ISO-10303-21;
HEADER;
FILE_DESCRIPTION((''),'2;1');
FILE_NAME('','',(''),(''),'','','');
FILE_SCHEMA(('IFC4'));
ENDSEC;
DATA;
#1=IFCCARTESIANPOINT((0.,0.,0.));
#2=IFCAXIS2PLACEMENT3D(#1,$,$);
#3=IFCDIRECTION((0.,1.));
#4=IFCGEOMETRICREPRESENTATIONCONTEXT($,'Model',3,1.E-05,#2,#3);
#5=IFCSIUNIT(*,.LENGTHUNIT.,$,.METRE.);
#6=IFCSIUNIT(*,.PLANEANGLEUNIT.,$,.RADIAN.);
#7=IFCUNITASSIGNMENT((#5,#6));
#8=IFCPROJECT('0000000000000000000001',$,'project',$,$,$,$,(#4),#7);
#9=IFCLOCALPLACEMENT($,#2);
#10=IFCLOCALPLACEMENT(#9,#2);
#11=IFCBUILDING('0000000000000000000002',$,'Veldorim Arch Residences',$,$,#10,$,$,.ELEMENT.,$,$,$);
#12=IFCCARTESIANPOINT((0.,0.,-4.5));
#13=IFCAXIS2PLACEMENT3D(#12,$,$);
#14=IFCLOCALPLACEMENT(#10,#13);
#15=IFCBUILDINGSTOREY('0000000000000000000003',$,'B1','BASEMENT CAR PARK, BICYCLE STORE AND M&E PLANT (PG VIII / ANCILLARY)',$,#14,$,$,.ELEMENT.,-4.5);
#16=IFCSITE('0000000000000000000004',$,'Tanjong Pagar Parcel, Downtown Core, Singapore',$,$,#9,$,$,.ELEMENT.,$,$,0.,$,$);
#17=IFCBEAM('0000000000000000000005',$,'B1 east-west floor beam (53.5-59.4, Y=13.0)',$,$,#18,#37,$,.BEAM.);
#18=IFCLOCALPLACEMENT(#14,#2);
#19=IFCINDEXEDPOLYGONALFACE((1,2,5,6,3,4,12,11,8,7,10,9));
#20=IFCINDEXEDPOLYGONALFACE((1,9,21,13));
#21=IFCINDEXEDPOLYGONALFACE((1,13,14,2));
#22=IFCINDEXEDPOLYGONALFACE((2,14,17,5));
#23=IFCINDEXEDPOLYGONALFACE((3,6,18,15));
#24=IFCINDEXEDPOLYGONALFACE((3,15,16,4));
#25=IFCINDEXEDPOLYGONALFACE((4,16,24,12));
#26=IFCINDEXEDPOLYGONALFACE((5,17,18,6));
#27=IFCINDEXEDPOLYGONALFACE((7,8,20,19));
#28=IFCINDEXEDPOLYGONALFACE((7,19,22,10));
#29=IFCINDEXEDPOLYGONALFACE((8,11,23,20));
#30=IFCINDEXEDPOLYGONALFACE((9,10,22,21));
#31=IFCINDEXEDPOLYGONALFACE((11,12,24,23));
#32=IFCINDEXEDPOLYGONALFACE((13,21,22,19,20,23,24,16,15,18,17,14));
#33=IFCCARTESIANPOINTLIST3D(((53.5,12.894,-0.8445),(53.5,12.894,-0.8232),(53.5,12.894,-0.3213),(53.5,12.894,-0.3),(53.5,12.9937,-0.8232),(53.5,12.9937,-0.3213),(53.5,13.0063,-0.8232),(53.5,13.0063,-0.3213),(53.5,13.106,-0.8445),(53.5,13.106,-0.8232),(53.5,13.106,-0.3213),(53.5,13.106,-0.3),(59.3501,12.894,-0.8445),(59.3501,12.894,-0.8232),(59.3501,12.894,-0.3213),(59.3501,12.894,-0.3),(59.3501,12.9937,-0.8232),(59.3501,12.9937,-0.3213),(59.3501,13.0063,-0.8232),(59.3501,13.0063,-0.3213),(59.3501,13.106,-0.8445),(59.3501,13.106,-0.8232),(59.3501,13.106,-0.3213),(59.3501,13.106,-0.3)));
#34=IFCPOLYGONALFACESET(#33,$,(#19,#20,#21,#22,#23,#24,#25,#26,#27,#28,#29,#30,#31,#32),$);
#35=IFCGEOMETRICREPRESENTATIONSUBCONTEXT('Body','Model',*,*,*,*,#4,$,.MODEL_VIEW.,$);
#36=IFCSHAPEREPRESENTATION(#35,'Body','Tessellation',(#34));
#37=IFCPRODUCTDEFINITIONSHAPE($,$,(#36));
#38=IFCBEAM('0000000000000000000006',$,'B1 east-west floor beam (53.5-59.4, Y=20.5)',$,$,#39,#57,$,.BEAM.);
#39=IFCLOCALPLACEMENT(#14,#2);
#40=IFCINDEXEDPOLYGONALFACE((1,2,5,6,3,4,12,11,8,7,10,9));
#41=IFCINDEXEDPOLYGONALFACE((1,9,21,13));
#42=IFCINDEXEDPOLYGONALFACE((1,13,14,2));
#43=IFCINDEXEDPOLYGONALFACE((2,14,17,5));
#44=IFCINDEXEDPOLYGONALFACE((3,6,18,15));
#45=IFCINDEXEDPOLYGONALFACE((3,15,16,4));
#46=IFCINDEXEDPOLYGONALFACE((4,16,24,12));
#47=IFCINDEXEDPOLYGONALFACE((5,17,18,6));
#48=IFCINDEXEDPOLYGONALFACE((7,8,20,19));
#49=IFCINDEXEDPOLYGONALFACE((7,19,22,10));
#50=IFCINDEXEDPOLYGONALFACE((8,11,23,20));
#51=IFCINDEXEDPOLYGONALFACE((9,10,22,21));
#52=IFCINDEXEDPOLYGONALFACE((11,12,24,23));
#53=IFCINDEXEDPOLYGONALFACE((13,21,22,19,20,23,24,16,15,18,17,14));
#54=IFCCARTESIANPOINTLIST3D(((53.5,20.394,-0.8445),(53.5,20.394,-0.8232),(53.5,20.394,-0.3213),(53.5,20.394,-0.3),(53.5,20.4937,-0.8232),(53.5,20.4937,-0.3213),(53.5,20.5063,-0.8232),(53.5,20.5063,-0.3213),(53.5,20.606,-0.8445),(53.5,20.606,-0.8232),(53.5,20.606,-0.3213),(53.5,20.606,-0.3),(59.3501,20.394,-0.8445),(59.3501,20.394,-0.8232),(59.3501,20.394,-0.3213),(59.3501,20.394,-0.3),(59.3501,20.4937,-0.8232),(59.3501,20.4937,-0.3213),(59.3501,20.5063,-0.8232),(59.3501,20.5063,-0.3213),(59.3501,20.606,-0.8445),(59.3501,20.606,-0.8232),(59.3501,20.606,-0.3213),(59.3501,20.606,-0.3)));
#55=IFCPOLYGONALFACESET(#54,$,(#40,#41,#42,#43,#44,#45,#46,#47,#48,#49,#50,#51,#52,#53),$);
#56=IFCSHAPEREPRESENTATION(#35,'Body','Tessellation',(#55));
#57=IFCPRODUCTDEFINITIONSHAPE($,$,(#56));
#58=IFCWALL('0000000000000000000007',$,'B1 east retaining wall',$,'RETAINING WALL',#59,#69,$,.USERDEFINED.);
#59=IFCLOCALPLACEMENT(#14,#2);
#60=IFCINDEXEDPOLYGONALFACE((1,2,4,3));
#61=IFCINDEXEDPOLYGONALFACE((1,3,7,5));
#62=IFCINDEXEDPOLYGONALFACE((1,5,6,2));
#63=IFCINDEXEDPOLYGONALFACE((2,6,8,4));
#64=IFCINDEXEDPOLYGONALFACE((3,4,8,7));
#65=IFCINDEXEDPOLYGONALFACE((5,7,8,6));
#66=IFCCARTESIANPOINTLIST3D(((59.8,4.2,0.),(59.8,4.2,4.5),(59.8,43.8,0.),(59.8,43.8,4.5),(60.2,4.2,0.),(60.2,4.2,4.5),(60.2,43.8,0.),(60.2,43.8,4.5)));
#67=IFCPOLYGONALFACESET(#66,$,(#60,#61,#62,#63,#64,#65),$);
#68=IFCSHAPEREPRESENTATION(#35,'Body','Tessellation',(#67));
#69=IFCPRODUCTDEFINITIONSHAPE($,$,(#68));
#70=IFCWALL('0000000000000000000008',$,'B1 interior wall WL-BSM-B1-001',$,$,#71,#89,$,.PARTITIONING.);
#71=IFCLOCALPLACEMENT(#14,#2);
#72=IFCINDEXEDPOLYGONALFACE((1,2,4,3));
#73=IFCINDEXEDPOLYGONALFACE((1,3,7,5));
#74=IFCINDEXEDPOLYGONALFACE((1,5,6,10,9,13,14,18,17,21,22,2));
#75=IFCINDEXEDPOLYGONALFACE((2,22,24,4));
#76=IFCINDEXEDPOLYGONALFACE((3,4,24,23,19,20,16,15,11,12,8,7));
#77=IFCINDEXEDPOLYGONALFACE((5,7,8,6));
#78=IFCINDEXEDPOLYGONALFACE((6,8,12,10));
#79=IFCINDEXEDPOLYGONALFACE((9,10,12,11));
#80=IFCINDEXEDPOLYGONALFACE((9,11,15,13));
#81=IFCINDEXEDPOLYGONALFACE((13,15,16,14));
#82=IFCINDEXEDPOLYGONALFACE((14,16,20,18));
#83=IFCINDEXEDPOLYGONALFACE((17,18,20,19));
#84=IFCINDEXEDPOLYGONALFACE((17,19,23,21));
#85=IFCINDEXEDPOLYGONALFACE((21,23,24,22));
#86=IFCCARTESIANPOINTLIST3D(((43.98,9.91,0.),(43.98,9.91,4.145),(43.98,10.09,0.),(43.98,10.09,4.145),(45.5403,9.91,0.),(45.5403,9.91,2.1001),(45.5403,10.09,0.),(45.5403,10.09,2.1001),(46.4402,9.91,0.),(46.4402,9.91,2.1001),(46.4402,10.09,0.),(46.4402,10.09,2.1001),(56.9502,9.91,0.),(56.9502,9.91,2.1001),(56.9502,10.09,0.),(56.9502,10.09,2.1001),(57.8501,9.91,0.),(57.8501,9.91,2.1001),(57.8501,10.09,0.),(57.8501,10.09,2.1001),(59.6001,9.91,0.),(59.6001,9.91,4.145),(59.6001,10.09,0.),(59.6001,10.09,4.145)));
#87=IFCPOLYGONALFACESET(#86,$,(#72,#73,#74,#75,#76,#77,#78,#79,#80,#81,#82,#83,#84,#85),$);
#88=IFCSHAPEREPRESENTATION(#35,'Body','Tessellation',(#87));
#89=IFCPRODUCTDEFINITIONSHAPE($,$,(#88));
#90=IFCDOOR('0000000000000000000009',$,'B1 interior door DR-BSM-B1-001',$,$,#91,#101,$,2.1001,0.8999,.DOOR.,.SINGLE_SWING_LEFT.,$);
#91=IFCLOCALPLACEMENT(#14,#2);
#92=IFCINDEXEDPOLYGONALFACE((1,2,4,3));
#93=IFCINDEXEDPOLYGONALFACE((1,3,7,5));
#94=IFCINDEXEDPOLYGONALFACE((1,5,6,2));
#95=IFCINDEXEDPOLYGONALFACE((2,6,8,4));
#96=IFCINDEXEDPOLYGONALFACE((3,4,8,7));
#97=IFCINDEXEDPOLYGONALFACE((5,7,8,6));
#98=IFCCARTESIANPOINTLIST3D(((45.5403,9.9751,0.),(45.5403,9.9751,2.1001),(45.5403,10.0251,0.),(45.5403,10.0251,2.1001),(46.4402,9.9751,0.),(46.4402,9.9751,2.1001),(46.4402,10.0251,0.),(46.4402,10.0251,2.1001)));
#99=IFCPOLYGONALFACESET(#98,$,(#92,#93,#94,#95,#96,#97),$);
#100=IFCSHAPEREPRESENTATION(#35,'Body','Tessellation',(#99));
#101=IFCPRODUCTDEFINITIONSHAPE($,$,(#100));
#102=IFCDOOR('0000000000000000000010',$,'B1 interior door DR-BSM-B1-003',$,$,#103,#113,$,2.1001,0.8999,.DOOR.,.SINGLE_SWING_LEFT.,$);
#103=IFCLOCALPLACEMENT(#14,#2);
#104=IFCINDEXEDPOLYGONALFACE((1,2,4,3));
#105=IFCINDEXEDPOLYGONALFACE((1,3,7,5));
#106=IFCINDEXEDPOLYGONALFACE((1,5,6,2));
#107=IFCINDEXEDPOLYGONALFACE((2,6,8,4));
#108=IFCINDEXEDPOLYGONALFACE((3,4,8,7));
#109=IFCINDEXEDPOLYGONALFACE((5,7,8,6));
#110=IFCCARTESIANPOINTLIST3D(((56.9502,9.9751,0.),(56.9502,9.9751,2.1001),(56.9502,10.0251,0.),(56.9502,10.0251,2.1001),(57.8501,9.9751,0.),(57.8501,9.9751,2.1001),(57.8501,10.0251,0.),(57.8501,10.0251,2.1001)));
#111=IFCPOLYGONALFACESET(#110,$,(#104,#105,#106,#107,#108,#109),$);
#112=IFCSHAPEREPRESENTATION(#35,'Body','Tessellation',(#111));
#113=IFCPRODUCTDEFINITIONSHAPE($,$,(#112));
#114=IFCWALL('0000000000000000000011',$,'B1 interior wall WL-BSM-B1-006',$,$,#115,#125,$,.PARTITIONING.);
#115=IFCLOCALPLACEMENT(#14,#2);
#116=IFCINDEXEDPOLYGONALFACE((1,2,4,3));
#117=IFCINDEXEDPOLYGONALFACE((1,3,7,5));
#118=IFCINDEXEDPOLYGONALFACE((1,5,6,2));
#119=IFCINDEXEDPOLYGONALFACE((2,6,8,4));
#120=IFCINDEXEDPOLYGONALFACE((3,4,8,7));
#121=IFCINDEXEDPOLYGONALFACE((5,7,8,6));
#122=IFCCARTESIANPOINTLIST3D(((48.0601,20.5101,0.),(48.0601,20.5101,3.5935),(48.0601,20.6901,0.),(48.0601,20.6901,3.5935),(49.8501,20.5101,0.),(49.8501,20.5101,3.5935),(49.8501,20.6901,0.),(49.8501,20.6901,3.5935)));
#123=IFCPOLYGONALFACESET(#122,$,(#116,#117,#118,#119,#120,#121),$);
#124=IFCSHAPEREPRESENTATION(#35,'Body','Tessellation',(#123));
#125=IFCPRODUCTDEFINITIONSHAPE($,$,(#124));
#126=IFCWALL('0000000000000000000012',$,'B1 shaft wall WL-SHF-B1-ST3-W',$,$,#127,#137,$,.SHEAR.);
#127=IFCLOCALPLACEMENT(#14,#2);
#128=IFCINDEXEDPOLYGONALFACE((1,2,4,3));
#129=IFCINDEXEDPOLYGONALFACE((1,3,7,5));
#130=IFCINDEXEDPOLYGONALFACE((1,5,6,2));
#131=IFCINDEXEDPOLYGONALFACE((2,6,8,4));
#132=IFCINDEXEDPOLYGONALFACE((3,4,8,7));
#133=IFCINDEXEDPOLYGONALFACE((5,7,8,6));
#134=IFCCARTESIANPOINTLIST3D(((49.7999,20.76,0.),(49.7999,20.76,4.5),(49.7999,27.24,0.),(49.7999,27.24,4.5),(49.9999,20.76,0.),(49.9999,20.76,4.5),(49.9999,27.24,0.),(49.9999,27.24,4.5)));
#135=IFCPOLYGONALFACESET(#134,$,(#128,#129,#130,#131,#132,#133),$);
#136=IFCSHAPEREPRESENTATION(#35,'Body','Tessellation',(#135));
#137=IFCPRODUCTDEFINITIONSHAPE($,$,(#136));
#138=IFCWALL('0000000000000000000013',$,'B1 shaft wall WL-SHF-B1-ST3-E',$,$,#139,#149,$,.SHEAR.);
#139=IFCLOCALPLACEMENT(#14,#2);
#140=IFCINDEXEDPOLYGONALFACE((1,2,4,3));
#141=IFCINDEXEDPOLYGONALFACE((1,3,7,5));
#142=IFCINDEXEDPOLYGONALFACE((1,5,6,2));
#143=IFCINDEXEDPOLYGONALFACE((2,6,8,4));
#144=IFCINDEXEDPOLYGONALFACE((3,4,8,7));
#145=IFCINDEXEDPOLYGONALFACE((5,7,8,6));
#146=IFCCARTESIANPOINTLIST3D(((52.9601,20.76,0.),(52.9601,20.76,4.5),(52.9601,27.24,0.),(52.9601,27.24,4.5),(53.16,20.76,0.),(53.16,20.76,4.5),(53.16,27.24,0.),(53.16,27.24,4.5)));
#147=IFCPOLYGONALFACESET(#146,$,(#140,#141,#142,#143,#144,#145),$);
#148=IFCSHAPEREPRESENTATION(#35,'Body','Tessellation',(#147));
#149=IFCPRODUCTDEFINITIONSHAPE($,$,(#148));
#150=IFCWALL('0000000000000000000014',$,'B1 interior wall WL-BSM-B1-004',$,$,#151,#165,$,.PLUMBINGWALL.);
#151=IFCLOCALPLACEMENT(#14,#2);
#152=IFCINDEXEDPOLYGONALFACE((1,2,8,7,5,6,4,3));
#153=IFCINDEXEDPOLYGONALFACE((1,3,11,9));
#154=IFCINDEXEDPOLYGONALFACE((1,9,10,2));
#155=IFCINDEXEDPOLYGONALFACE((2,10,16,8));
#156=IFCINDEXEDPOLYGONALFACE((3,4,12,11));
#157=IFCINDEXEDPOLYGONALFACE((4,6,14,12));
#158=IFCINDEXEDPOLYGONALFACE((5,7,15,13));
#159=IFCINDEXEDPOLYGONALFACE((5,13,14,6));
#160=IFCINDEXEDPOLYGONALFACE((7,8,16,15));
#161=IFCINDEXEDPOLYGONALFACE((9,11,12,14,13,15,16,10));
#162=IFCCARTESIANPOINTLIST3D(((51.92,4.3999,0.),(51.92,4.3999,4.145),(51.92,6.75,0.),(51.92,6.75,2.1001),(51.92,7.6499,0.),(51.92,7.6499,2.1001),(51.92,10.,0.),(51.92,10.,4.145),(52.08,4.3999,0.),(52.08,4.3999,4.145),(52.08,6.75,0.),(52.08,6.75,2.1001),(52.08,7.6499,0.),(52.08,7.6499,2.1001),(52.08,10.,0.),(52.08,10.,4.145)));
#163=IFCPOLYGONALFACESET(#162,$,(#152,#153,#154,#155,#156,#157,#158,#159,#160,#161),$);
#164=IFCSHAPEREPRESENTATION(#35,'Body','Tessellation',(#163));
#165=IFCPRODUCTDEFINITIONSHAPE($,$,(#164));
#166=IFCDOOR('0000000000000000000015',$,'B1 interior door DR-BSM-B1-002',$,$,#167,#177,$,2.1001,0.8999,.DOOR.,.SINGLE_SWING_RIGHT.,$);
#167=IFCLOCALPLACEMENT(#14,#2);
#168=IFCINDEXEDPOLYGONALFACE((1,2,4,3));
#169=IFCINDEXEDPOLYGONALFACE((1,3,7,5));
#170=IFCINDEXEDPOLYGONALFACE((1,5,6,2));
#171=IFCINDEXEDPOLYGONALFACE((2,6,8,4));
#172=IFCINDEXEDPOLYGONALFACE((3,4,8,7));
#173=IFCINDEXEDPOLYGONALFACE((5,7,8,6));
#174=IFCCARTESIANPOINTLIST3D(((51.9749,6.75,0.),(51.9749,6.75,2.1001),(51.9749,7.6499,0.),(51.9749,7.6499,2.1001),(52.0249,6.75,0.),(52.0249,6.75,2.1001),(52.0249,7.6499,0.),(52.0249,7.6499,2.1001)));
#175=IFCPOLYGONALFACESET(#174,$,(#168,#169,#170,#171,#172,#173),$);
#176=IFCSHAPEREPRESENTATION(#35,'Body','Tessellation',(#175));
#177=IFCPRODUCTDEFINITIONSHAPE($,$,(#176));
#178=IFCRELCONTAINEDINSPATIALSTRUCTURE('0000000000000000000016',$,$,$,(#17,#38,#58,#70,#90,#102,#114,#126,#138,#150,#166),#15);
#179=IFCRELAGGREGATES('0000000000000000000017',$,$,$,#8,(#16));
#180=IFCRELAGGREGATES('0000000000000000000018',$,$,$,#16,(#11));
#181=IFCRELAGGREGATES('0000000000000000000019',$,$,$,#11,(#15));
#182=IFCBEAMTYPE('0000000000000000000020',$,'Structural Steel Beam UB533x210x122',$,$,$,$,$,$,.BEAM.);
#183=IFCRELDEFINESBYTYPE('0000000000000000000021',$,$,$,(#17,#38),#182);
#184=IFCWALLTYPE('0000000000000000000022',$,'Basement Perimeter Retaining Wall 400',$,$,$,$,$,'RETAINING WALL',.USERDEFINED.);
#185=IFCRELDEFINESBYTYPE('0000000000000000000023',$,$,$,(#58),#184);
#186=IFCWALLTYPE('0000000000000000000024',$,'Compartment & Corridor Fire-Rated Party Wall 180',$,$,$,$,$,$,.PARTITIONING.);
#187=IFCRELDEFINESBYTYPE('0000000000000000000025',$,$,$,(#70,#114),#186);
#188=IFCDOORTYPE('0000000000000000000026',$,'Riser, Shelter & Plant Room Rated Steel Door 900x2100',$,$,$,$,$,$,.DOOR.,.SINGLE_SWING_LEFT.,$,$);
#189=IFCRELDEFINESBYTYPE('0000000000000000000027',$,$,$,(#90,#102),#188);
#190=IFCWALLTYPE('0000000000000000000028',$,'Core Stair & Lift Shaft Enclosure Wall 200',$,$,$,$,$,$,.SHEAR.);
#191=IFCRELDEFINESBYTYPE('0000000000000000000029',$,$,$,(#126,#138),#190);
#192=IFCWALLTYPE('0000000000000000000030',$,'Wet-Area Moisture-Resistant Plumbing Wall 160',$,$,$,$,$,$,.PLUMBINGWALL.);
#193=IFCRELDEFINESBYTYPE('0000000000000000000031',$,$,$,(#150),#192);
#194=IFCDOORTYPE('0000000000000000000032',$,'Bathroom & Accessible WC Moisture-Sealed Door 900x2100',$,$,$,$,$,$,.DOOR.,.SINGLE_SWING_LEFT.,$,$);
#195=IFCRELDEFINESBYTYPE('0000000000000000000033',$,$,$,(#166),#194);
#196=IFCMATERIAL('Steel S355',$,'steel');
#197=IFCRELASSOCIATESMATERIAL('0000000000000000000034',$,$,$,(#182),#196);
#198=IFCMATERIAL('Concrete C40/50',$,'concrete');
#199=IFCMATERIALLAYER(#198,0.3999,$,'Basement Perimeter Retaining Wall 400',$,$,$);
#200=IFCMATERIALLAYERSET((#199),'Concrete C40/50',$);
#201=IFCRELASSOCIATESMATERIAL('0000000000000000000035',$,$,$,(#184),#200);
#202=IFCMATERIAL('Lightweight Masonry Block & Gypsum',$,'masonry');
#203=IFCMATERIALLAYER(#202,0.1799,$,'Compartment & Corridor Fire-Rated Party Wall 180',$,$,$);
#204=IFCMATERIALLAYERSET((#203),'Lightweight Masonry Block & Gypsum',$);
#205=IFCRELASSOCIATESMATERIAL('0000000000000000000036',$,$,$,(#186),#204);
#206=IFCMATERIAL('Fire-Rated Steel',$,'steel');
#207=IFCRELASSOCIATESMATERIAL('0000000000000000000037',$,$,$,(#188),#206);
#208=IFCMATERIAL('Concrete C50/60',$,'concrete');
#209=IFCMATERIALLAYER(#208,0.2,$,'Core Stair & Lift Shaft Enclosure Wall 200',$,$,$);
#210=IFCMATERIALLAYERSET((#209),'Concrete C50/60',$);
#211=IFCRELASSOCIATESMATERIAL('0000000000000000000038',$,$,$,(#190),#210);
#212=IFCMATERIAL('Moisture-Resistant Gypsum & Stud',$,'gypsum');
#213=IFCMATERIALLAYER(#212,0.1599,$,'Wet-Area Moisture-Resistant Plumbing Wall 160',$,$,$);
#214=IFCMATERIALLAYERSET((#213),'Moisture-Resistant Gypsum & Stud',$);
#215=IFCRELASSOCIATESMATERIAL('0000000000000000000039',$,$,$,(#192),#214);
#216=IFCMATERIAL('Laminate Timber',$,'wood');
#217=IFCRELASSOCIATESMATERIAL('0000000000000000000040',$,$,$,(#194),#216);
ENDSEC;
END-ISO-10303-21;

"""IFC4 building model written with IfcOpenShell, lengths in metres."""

from ifc_helpers import new_model, si_unit, direction, frame, frame_2d, origin, origin_2d, place, context, subcontext, project, spatial, rectangle, i_section, extrude, material, layer, layer_set, material_profile, profile_set, type_object, element, fill, save


model = new_model("IFC4")

# Units and contexts
model_context = context("Model", 3, precision=1e-05, world=origin(), true_north=direction((0.0, 1.0)))
body_context = subcontext(model_context, "Body", "Model", "MODEL_VIEW")
ifc_project = project(units=[si_unit("LENGTHUNIT", "METRE"), si_unit("PLANEANGLEUNIT", "RADIAN")], contexts=[model_context])

# Site, building, storey
site_placement = place(None, origin())
site = spatial("IfcSite", under=ifc_project, at=site_placement, Name="Tanjong Pagar Parcel, Downtown Core, Singapore", CompositionType="ELEMENT", RefElevation=0.0)
building_placement = place(site_placement, origin())
building = spatial("IfcBuilding", under=site, at=building_placement, Name="Veldorim Arch Residences", CompositionType="ELEMENT")
storey_placement = place(building_placement, frame((0.0, 0.0, -4.5)))
storey = spatial("IfcBuildingStorey", under=building, at=storey_placement, Name="B1", Description="BASEMENT CAR PARK, BICYCLE STORE AND M&E PLANT (PG VIII / ANCILLARY)", CompositionType="ELEMENT", Elevation=-4.5)

# Beams
ifc_material_1 = material(Name="Steel S355", Category="steel")
ifc_material_profile_1 = material_profile(ifc_material_1, i_section(OverallWidth=0.2119, OverallDepth=0.5444, WebThickness=0.0127, FlangeThickness=0.0212, at=origin_2d()), Name="UB533x210x122")
ifc_profile_set_1 = profile_set([ifc_material_profile_1], Name="Steel S355")
beam_type_1 = type_object("IfcBeamType", Name="Structural Steel Beam UB533x210x122", PredefinedType="BEAM", material=ifc_profile_set_1)
for number, where, z_axis, x_axis, name in (
    (1, (53.5, 13.0, -0.5723), (1.0, 0.0, 0.0), (0.0, 1.0, 0.0), "B1 east-west floor beam (53.5-59.4, Y=13.0)"),
    (2, (53.5, 20.5, -0.5723), (1.0, 0.0, 0.0), (0.0, 1.0, 0.0), "B1 east-west floor beam (53.5-59.4, Y=20.5)"),
):
    element("IfcBeam", number, at=place(storey_placement, frame(where, z_axis=z_axis, x_axis=x_axis)), inside=storey, type_object=beam_type_1, Name=name, PredefinedType="BEAM", context=body_context, shape_type="SweptSolid", body=[
        extrude(i_section(OverallWidth=0.2119, OverallDepth=0.5444, WebThickness=0.0127, FlangeThickness=0.0212, at=origin_2d()), origin(), (0.0, 0.0, 1.0), 5.8501),
    ])

# Wall
ifc_material_2 = material(Name="Concrete C40/50", Category="concrete")
ifc_layer_1 = layer(ifc_material_2, 0.3999, Name="Basement Perimeter Retaining Wall 400")
ifc_layer_set_1 = layer_set([ifc_layer_1], Name="Concrete C40/50")
wall_type_1 = type_object("IfcWallType", Name="Basement Perimeter Retaining Wall 400", ElementType="RETAINING WALL", PredefinedType="USERDEFINED", material=ifc_layer_set_1)
wall_1_placement = place(storey_placement, frame((60.0, 4.2, 0.0), z_axis=(0.0, 0.0, 1.0), x_axis=(0.0, 1.0, 0.0)))
element("IfcWall", 3, at=wall_1_placement, inside=storey, type_object=wall_type_1, Name="B1 east retaining wall", ObjectType="RETAINING WALL", PredefinedType="USERDEFINED", context=body_context, shape_type="SweptSolid", body=[
    extrude(rectangle(XDim=39.6001, YDim=0.3999, at=frame_2d((19.8, 0.0))), origin(), (0.0, 0.0, 1.0), 4.5),
])

# Wall, openings, doors
ifc_material_3 = material(Name="Lightweight Masonry Block & Gypsum", Category="masonry")
ifc_layer_2 = layer(ifc_material_3, 0.1799, Name="Compartment & Corridor Fire-Rated Party Wall 180")
ifc_layer_set_2 = layer_set([ifc_layer_2], Name="Lightweight Masonry Block & Gypsum")
wall_type_2 = type_object("IfcWallType", Name="Compartment & Corridor Fire-Rated Party Wall 180", PredefinedType="PARTITIONING", material=ifc_layer_set_2)
wall_2_placement = place(storey_placement, frame((59.6001, 10.0, 0.0), z_axis=(0.0, 0.0, 1.0), x_axis=(-1.0, 0.0, 0.0)))
wall_2 = element("IfcWall", 4, at=wall_2_placement, inside=storey, type_object=wall_type_2, Name="B1 interior wall WL-BSM-B1-001", PredefinedType="PARTITIONING", context=body_context, shape_type="SweptSolid", body=[
    extrude(rectangle(XDim=15.6201, YDim=0.1799, at=frame_2d((7.8101, 0.0))), origin(), (0.0, 0.0, 1.0), 4.145),
])
opening_1_placement = place(wall_2_placement, frame((13.1599, 0.0, 0.0)))
opening_1 = element("IfcOpeningElement", 5, at=opening_1_placement, cuts=wall_2, PredefinedType="OPENING", context=body_context, shape_type="SweptSolid", body=[
    extrude(rectangle(XDim=0.8999, YDim=2.1001, at=frame_2d((0.45, 1.05))), frame((0.0, 0.0999, 0.0), z_axis=(0.0, -1.0, 0.0), x_axis=(1.0, 0.0, 0.0)), (0.0, 0.0, 1.0), 0.2),
])
opening_2_placement = place(wall_2_placement, frame((1.75, 0.0, 0.0)))
opening_2 = element("IfcOpeningElement", 6, at=opening_2_placement, cuts=wall_2, PredefinedType="OPENING", context=body_context, shape_type="SweptSolid", body=[
    extrude(rectangle(XDim=0.8999, YDim=2.1001, at=frame_2d((0.45, 1.05))), frame((0.0, 0.0999, 0.0), z_axis=(0.0, -1.0, 0.0), x_axis=(1.0, 0.0, 0.0)), (0.0, 0.0, 1.0), 0.2),
])
ifc_material_4 = material(Name="Fire-Rated Steel", Category="steel")
door_type_1 = type_object("IfcDoorType", Name="Riser, Shelter & Plant Room Rated Steel Door 900x2100", OperationType="SINGLE_SWING_LEFT", PredefinedType="DOOR", material=ifc_material_4)
door_1_placement = place(opening_1_placement, origin())
door_1 = element("IfcDoor", 7, at=door_1_placement, inside=storey, type_object=door_type_1, Name="B1 interior door DR-BSM-B1-001", OperationType="SINGLE_SWING_LEFT", OverallHeight=2.1001, OverallWidth=0.8999, PredefinedType="DOOR", context=body_context, shape_type="SweptSolid", body=[
    extrude(rectangle(XDim=0.8999, YDim=2.1001, at=frame_2d((0.45, 1.05))), frame((0.0, 0.0249, 0.0), z_axis=(0.0, -1.0, 0.0), x_axis=(1.0, 0.0, 0.0)), (0.0, 0.0, 1.0), 0.05),
])
fill(opening_1, door_1)
door_2_placement = place(opening_2_placement, origin())
door_2 = element("IfcDoor", 8, at=door_2_placement, inside=storey, type_object=door_type_1, Name="B1 interior door DR-BSM-B1-003", OperationType="SINGLE_SWING_LEFT", OverallHeight=2.1001, OverallWidth=0.8999, PredefinedType="DOOR", context=body_context, shape_type="SweptSolid", body=[
    extrude(rectangle(XDim=0.8999, YDim=2.1001, at=frame_2d((0.45, 1.05))), frame((0.0, 0.0249, 0.0), z_axis=(0.0, -1.0, 0.0), x_axis=(1.0, 0.0, 0.0)), (0.0, 0.0, 1.0), 0.05),
])
fill(opening_2, door_2)

# Walls
wall_3_placement = place(storey_placement, frame((48.0601, 20.6001, 0.0), z_axis=(0.0, 0.0, 1.0), x_axis=(1.0, 0.0, 0.0)))
element("IfcWall", 9, at=wall_3_placement, inside=storey, type_object=wall_type_2, Name="B1 interior wall WL-BSM-B1-006", PredefinedType="PARTITIONING", context=body_context, shape_type="SweptSolid", body=[
    extrude(rectangle(XDim=1.79, YDim=0.1799, at=frame_2d((0.895, 0.0))), origin(), (0.0, 0.0, 1.0), 3.5935),
])
ifc_material_5 = material(Name="Concrete C50/60", Category="concrete")
ifc_layer_3 = layer(ifc_material_5, 0.2, Name="Core Stair & Lift Shaft Enclosure Wall 200")
ifc_layer_set_3 = layer_set([ifc_layer_3], Name="Concrete C50/60")
wall_type_3 = type_object("IfcWallType", Name="Core Stair & Lift Shaft Enclosure Wall 200", PredefinedType="SHEAR", material=ifc_layer_set_3)
for number, where, z_axis, x_axis, name in (
    (10, (49.8999, 20.76, 0.0), (0.0, 0.0, 1.0), (0.0, 1.0, 0.0), "B1 shaft wall WL-SHF-B1-ST3-W"),
    (11, (53.0601, 20.76, 0.0), (0.0, 0.0, 1.0), (0.0, 1.0, 0.0), "B1 shaft wall WL-SHF-B1-ST3-E"),
):
    element("IfcWall", number, at=place(storey_placement, frame(where, z_axis=z_axis, x_axis=x_axis)), inside=storey, type_object=wall_type_3, Name=name, PredefinedType="SHEAR", context=body_context, shape_type="SweptSolid", body=[
        extrude(rectangle(XDim=6.48, YDim=0.2, at=frame_2d((3.24, 0.0))), origin(), (0.0, 0.0, 1.0), 4.5),
    ])

# Wall, opening, door
ifc_material_6 = material(Name="Moisture-Resistant Gypsum & Stud", Category="gypsum")
ifc_layer_4 = layer(ifc_material_6, 0.1599, Name="Wet-Area Moisture-Resistant Plumbing Wall 160")
ifc_layer_set_4 = layer_set([ifc_layer_4], Name="Moisture-Resistant Gypsum & Stud")
wall_type_4 = type_object("IfcWallType", Name="Wet-Area Moisture-Resistant Plumbing Wall 160", PredefinedType="PLUMBINGWALL", material=ifc_layer_set_4)
wall_4_placement = place(storey_placement, frame((52.0, 10.0, 0.0), z_axis=(0.0, 0.0, 1.0), x_axis=(0.0, -1.0, 0.0)))
wall_4 = element("IfcWall", 12, at=wall_4_placement, inside=storey, type_object=wall_type_4, Name="B1 interior wall WL-BSM-B1-004", PredefinedType="PLUMBINGWALL", context=body_context, shape_type="SweptSolid", body=[
    extrude(rectangle(XDim=5.6001, YDim=0.1599, at=frame_2d((2.8, 0.0))), origin(), (0.0, 0.0, 1.0), 4.145),
])
opening_3_placement = place(wall_4_placement, frame((2.3501, 0.0, 0.0)))
opening_3 = element("IfcOpeningElement", 13, at=opening_3_placement, cuts=wall_4, PredefinedType="OPENING", context=body_context, shape_type="SweptSolid", body=[
    extrude(rectangle(XDim=0.8999, YDim=2.1001, at=frame_2d((0.45, 1.05))), frame((0.0, 0.0898, 0.0), z_axis=(0.0, -1.0, 0.0), x_axis=(1.0, 0.0, 0.0)), (0.0, 0.0, 1.0), 0.1799),
])
ifc_material_7 = material(Name="Laminate Timber", Category="wood")
door_type_2 = type_object("IfcDoorType", Name="Bathroom & Accessible WC Moisture-Sealed Door 900x2100", OperationType="SINGLE_SWING_LEFT", PredefinedType="DOOR", material=ifc_material_7)
door_3_placement = place(opening_3_placement, origin())
door_3 = element("IfcDoor", 14, at=door_3_placement, inside=storey, type_object=door_type_2, Name="B1 interior door DR-BSM-B1-002", OperationType="SINGLE_SWING_RIGHT", OverallHeight=2.1001, OverallWidth=0.8999, PredefinedType="DOOR", context=body_context, shape_type="SweptSolid", body=[
    extrude(rectangle(XDim=0.8999, YDim=2.1001, at=frame_2d((0.45, 1.05))), frame((0.0, 0.0249, 0.0), z_axis=(0.0, -1.0, 0.0), x_axis=(1.0, 0.0, 0.0)), (0.0, 0.0, 1.0), 0.05),
])
fill(opening_3, door_3)

save(model, "model.ifc")
